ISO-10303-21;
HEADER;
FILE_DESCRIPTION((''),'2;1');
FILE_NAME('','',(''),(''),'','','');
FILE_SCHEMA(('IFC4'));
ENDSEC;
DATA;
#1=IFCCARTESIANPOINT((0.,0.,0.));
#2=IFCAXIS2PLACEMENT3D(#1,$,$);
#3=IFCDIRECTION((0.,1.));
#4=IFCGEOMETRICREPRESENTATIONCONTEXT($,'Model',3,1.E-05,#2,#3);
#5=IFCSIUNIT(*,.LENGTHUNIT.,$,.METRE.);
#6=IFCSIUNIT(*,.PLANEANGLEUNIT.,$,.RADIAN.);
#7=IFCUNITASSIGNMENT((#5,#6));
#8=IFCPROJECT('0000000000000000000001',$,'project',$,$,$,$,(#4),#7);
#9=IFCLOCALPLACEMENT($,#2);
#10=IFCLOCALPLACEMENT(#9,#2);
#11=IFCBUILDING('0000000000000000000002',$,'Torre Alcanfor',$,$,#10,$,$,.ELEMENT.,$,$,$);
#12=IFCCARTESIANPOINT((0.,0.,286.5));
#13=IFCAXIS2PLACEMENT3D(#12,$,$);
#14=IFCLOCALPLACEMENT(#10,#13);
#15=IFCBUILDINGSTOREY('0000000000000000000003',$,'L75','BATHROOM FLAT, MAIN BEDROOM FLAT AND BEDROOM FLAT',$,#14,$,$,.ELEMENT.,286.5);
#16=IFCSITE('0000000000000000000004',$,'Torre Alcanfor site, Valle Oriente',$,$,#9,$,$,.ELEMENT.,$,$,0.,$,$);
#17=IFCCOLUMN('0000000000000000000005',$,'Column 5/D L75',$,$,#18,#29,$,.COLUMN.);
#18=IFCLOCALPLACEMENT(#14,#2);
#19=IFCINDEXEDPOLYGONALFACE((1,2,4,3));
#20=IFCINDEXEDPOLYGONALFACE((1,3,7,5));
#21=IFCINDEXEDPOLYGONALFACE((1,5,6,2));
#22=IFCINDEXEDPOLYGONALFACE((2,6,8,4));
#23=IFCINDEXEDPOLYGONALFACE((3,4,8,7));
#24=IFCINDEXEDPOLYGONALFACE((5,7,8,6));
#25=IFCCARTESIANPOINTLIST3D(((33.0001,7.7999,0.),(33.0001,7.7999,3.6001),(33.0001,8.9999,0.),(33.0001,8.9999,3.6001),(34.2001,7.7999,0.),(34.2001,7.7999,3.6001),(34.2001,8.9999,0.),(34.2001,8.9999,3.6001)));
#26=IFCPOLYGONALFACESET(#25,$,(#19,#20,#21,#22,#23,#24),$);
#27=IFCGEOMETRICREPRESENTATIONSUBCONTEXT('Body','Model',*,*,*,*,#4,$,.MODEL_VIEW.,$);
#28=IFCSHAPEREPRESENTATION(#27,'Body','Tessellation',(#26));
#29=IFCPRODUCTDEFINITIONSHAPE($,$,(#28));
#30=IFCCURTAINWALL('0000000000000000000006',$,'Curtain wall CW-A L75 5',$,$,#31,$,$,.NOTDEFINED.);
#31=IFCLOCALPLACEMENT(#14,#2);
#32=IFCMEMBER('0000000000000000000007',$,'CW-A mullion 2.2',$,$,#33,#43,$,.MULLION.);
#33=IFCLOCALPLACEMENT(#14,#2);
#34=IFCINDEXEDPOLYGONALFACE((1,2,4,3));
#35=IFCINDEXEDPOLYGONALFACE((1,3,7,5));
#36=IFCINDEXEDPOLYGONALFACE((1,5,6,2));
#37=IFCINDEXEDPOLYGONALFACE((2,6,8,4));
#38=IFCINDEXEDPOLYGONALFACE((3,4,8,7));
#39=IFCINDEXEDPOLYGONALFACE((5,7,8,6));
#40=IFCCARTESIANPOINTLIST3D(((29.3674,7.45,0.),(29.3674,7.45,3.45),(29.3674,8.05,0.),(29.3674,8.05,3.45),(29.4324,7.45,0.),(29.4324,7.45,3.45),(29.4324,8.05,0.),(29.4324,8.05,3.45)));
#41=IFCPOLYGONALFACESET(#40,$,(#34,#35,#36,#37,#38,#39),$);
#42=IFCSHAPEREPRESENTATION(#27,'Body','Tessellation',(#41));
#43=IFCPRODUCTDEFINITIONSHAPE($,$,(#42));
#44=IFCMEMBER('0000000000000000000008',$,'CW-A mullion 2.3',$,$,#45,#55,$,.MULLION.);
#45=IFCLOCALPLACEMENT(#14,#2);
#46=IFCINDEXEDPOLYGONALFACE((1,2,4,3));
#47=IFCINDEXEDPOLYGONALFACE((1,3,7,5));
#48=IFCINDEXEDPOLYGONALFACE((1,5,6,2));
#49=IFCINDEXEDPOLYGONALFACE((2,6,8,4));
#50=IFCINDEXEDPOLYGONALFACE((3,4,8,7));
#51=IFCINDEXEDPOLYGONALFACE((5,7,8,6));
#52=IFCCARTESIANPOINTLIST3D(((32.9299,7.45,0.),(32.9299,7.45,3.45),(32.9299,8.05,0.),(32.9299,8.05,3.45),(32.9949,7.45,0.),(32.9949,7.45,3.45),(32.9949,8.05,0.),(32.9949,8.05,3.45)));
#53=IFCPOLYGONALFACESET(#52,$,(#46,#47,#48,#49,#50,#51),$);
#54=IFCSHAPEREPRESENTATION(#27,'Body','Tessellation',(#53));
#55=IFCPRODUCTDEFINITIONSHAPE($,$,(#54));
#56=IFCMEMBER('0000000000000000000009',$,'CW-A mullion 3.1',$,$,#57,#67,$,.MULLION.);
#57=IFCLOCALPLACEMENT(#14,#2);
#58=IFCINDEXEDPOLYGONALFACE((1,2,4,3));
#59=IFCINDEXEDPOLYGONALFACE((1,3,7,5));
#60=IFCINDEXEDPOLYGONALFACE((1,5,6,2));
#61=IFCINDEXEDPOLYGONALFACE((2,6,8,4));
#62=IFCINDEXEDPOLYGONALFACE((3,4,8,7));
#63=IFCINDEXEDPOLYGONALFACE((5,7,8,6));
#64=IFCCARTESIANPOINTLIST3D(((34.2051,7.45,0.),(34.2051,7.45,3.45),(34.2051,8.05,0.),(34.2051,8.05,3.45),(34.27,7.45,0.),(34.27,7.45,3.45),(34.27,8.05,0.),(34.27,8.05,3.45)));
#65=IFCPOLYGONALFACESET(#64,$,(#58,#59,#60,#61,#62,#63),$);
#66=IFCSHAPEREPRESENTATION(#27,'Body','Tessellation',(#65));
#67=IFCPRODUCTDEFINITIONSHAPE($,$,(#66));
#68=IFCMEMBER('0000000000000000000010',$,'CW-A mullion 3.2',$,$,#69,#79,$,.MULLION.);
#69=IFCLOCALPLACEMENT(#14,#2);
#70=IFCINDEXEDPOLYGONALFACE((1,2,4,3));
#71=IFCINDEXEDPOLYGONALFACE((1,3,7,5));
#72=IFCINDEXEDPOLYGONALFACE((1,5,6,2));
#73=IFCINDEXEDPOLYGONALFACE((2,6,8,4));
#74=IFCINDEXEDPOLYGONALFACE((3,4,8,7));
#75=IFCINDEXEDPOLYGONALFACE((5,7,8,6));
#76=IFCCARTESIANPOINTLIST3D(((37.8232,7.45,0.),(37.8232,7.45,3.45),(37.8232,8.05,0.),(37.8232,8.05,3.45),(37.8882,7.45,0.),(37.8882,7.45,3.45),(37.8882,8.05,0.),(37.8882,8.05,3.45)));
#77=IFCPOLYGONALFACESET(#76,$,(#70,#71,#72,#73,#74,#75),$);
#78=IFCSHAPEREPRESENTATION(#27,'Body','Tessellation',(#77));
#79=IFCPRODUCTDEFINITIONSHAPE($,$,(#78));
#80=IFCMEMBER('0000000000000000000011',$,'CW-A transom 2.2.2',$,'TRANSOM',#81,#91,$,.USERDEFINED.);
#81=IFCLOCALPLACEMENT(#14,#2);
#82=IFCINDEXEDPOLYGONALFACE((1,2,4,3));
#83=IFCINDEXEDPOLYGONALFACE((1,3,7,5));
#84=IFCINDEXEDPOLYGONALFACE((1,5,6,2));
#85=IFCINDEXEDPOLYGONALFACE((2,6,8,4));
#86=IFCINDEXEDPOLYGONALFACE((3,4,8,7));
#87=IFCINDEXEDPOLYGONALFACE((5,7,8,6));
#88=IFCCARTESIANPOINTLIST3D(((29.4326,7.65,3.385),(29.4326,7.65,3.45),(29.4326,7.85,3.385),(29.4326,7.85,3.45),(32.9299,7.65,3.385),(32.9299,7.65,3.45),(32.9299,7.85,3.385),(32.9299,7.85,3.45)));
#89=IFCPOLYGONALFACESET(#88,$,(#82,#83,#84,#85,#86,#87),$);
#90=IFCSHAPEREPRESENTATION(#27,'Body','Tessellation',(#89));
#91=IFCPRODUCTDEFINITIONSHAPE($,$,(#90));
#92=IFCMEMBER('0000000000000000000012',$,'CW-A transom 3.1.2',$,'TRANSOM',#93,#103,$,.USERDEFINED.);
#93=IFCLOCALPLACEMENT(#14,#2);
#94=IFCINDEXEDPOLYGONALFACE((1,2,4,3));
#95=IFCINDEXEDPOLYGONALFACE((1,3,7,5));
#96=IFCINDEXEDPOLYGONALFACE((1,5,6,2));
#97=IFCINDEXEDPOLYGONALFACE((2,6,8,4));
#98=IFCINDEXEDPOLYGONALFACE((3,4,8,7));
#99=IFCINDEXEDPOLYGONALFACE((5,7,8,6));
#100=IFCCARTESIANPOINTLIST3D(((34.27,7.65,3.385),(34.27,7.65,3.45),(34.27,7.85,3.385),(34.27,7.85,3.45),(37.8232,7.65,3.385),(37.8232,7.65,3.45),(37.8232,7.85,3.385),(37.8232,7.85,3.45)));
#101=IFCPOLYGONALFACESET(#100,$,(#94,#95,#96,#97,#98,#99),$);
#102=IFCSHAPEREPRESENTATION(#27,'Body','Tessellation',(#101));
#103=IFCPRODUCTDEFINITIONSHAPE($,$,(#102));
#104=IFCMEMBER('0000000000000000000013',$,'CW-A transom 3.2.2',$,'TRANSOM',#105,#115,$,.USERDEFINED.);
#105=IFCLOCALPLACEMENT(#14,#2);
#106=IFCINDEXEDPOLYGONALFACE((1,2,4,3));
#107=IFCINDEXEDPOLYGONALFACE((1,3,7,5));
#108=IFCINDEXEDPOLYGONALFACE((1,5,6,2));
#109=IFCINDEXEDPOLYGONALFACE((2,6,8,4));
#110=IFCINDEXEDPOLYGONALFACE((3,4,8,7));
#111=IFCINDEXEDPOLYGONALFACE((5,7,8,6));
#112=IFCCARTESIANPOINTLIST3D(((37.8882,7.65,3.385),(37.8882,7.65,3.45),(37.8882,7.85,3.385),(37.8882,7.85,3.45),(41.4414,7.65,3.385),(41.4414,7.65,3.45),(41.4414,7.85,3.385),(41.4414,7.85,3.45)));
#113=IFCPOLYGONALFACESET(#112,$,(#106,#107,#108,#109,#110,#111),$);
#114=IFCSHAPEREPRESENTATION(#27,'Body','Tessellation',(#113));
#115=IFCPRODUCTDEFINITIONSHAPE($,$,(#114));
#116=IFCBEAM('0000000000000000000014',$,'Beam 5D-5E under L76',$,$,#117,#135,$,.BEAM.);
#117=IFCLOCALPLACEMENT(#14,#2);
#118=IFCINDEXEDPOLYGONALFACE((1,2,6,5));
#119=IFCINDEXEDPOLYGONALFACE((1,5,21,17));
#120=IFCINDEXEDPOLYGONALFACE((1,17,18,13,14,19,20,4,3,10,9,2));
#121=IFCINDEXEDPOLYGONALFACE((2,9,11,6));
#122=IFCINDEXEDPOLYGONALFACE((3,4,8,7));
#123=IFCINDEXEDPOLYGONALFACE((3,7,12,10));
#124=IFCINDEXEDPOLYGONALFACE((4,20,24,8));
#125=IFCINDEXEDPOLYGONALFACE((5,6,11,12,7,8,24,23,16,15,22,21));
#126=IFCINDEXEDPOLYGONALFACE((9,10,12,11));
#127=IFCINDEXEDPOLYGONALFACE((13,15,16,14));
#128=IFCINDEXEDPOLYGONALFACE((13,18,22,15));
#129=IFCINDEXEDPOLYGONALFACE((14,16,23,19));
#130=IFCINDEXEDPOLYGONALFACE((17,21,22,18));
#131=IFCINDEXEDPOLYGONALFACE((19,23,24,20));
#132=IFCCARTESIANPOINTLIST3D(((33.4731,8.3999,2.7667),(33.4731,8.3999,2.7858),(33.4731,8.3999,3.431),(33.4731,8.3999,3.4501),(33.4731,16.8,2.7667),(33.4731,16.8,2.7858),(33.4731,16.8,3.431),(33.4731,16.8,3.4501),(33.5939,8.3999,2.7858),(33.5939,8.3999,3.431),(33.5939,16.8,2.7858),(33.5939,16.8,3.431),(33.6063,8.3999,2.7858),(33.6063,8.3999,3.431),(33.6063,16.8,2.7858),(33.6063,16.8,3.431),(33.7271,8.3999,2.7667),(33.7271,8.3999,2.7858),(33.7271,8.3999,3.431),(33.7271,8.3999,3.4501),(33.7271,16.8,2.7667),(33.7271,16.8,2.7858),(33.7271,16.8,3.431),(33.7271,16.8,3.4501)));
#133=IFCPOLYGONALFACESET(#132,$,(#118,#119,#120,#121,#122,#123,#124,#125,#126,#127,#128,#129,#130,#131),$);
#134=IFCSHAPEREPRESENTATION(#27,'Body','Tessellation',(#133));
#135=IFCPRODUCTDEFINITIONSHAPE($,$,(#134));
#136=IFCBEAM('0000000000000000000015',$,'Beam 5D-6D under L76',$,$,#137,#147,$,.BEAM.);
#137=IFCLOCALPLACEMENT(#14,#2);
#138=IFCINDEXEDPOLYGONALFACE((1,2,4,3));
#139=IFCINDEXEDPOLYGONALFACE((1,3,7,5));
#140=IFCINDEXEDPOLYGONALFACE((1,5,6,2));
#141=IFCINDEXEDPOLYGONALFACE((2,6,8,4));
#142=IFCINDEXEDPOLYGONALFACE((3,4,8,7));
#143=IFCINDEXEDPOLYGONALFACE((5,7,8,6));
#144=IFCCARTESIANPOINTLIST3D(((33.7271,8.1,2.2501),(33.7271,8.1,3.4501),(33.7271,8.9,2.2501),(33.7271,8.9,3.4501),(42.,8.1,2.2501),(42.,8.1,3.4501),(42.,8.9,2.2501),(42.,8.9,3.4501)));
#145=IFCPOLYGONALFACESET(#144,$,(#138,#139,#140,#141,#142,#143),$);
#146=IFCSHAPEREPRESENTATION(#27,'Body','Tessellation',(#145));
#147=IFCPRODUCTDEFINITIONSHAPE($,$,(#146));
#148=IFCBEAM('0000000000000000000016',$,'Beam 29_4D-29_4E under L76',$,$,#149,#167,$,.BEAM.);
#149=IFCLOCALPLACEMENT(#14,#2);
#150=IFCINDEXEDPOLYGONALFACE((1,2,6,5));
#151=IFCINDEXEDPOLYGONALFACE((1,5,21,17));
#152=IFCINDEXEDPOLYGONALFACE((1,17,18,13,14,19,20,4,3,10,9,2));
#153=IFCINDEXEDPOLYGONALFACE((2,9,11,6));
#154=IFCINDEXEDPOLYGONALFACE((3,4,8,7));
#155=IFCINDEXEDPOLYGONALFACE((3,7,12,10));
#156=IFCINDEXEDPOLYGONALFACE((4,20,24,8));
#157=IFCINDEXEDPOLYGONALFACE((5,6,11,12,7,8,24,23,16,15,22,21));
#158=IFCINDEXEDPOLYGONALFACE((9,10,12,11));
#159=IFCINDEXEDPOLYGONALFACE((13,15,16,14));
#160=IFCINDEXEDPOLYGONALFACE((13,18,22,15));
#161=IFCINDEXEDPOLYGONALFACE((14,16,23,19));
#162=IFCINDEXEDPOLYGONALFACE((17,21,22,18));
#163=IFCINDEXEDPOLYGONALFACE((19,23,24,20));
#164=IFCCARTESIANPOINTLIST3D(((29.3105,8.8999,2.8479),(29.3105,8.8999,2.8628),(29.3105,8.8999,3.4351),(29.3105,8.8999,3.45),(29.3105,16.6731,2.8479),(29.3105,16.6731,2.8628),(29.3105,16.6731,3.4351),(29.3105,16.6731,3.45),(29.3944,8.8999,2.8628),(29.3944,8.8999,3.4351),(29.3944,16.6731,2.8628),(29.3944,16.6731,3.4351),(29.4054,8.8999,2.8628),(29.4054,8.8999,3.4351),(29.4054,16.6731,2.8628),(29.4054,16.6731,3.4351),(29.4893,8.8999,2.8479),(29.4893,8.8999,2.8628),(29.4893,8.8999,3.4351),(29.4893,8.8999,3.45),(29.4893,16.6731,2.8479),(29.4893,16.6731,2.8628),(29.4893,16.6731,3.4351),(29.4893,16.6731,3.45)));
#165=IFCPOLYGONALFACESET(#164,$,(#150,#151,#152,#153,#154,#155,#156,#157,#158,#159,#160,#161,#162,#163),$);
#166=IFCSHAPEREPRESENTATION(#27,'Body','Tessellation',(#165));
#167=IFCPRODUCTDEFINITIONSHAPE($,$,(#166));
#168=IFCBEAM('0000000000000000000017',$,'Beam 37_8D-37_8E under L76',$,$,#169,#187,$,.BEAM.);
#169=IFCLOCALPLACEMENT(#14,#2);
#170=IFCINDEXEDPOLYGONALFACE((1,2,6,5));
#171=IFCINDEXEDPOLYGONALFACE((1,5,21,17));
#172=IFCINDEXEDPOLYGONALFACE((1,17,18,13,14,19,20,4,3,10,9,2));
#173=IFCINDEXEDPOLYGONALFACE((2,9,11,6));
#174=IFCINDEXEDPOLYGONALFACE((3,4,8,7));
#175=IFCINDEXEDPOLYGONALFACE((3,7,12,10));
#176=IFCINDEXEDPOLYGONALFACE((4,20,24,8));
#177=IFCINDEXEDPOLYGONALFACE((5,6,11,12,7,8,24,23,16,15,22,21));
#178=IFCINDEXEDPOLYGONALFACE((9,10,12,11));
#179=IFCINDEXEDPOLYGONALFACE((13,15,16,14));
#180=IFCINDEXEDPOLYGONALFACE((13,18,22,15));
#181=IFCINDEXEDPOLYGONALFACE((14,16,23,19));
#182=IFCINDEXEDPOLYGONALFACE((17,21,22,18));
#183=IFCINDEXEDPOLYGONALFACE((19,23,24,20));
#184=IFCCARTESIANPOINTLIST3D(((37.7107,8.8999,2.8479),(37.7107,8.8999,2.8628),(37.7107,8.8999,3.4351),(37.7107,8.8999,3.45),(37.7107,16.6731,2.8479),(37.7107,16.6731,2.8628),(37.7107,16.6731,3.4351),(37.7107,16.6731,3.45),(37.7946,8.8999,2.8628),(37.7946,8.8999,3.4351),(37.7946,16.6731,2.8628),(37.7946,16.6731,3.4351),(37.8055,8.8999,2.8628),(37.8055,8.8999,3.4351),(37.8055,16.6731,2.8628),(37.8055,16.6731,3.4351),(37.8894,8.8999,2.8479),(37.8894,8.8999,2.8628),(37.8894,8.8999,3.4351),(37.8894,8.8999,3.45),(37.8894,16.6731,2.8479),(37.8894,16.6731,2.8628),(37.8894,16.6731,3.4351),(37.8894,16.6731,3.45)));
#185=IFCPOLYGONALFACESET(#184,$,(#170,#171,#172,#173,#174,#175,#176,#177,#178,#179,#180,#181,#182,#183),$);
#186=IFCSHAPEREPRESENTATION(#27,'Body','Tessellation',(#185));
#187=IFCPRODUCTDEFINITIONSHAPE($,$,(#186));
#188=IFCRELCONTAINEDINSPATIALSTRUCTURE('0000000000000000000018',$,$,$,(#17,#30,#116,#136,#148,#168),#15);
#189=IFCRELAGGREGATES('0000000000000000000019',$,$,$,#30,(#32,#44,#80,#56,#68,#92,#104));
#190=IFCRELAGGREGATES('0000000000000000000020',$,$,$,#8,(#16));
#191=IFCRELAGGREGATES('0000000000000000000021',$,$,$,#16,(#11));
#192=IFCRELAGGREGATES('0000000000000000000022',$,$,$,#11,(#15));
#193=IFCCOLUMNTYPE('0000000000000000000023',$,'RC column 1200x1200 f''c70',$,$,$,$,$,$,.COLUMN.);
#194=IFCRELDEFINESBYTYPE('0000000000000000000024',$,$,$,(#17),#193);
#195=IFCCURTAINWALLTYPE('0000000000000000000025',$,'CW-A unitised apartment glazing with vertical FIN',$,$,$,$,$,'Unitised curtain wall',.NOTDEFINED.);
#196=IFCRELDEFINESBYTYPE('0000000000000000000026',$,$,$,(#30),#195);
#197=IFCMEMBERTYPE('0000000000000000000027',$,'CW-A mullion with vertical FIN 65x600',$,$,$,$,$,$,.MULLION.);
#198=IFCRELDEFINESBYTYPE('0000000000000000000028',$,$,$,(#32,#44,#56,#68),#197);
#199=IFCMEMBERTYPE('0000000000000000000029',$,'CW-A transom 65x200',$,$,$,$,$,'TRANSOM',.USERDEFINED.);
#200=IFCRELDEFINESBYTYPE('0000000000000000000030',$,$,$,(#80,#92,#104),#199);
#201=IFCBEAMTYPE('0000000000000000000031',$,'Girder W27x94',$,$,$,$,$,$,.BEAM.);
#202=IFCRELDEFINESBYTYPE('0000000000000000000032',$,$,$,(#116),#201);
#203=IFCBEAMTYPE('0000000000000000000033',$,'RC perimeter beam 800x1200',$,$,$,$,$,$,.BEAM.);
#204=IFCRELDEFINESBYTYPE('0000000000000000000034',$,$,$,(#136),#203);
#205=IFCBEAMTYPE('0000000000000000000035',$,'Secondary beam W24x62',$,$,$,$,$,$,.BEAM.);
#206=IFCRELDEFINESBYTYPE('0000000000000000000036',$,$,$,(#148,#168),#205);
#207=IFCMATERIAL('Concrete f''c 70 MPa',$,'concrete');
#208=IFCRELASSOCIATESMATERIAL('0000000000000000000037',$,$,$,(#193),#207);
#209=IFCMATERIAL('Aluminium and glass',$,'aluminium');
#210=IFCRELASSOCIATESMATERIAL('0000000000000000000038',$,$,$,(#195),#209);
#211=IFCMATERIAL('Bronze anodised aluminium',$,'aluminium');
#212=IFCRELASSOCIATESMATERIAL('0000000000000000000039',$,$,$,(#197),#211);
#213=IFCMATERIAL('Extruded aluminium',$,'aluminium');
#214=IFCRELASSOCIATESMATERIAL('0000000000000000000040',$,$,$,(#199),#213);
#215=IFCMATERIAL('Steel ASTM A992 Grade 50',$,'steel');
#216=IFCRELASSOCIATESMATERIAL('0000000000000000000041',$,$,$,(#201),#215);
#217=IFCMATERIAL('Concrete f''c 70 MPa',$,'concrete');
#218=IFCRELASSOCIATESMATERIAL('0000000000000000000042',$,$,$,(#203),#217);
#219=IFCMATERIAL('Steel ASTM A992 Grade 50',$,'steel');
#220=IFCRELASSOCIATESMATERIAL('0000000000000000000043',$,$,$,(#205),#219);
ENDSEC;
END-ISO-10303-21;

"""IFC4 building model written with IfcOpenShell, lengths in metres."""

from ifc_helpers import new_model, si_unit, direction, frame, origin, origin_2d, place, context, subcontext, project, spatial, rectangle, i_section, extrude, material, material_profile, profile_set, type_object, element, aggregate, save


model = new_model("IFC4")

# Units and contexts
model_context = context("Model", 3, precision=1e-05, world=origin(), true_north=direction((0.0, 1.0)))
body_context = subcontext(model_context, "Body", "Model", "MODEL_VIEW")
ifc_project = project(units=[si_unit("LENGTHUNIT", "METRE"), si_unit("PLANEANGLEUNIT", "RADIAN")], contexts=[model_context])

# Site, building, storey
site_placement = place(None, origin())
site = spatial("IfcSite", under=ifc_project, at=site_placement, Name="Torre Alcanfor site, Valle Oriente", CompositionType="ELEMENT", RefElevation=0.0)
building_placement = place(site_placement, origin())
building = spatial("IfcBuilding", under=site, at=building_placement, Name="Torre Alcanfor", CompositionType="ELEMENT")
storey_placement = place(building_placement, frame((0.0, 0.0, 286.5)))
storey = spatial("IfcBuildingStorey", under=building, at=storey_placement, Name="L75", Description="BATHROOM FLAT, MAIN BEDROOM FLAT AND BEDROOM FLAT", CompositionType="ELEMENT", Elevation=286.5)

# Column
ifc_material_1 = material(Name="Concrete f'c 70 MPa", Category="concrete")
ifc_material_profile_1 = material_profile(ifc_material_1, rectangle(XDim=1.2, YDim=1.2, at=origin_2d()), Name="1200x1200")
ifc_profile_set_1 = profile_set([ifc_material_profile_1], Name="Concrete f'c 70 MPa")
column_type = type_object("IfcColumnType", Name="RC column 1200x1200 f'c70", PredefinedType="COLUMN", material=ifc_profile_set_1)
column_placement = place(storey_placement, frame((33.6001, 8.3999, 0.0), z_axis=(0.0, 0.0, 1.0), x_axis=(1.0, 0.0, 0.0)))
element("IfcColumn", 1, at=column_placement, inside=storey, type_object=column_type, Name="Column 5/D L75", PredefinedType="COLUMN", context=body_context, shape_type="SweptSolid", body=[
    extrude(rectangle(XDim=1.2, YDim=1.2, at=origin_2d()), origin(), (0.0, 0.0, 1.0), 3.6001),
])

# Curtain wall, members
ifc_material_2 = material(Name="Aluminium and glass", Category="aluminium")
curtain_wall_type = type_object("IfcCurtainWallType", Name="CW-A unitised apartment glazing with vertical FIN", ElementType="Unitised curtain wall", PredefinedType="NOTDEFINED", material=ifc_material_2)
curtain_wall_placement = place(storey_placement, origin())
curtain_wall = element("IfcCurtainWall", 2, at=curtain_wall_placement, inside=storey, type_object=curtain_wall_type, Name="Curtain wall CW-A L75 5", PredefinedType="NOTDEFINED")
ifc_material_3 = material(Name="Bronze anodised aluminium", Category="aluminium")
ifc_material_profile_2 = material_profile(ifc_material_3, rectangle(XDim=0.6001, YDim=0.0649, at=origin_2d()), Name="CW-A mullion 65x600")
ifc_profile_set_2 = profile_set([ifc_material_profile_2], Name="Bronze anodised aluminium")
member_type_1 = type_object("IfcMemberType", Name="CW-A mullion with vertical FIN 65x600", PredefinedType="MULLION", material=ifc_profile_set_2)
member_1_placement = place(storey_placement, frame((29.3999, 7.75, 0.0), z_axis=(0.0, 0.0, 1.0), x_axis=(0.0, 1.0, 0.0)))
member_1 = element("IfcMember", 3, at=member_1_placement, type_object=member_type_1, Name="CW-A mullion 2.2", PredefinedType="MULLION", context=body_context, shape_type="SweptSolid", body=[
    extrude(rectangle(XDim=0.6001, YDim=0.0649, at=origin_2d()), origin(), (0.0, 0.0, 1.0), 3.45),
])
member_2_placement = place(storey_placement, frame((32.9624, 7.75, 0.0), z_axis=(0.0, 0.0, 1.0), x_axis=(0.0, 1.0, 0.0)))
member_2 = element("IfcMember", 4, at=member_2_placement, type_object=member_type_1, Name="CW-A mullion 2.3", PredefinedType="MULLION", context=body_context, shape_type="SweptSolid", body=[
    extrude(rectangle(XDim=0.6001, YDim=0.0649, at=origin_2d()), origin(), (0.0, 0.0, 1.0), 3.45),
])
member_3_placement = place(storey_placement, frame((34.2375, 7.75, 0.0), z_axis=(0.0, 0.0, 1.0), x_axis=(0.0, 1.0, 0.0)))
member_3 = element("IfcMember", 5, at=member_3_placement, type_object=member_type_1, Name="CW-A mullion 3.1", PredefinedType="MULLION", context=body_context, shape_type="SweptSolid", body=[
    extrude(rectangle(XDim=0.6001, YDim=0.0649, at=origin_2d()), origin(), (0.0, 0.0, 1.0), 3.45),
])
member_4_placement = place(storey_placement, frame((37.8557, 7.75, 0.0), z_axis=(0.0, 0.0, 1.0), x_axis=(0.0, 1.0, 0.0)))
member_4 = element("IfcMember", 6, at=member_4_placement, type_object=member_type_1, Name="CW-A mullion 3.2", PredefinedType="MULLION", context=body_context, shape_type="SweptSolid", body=[
    extrude(rectangle(XDim=0.6001, YDim=0.0649, at=origin_2d()), origin(), (0.0, 0.0, 1.0), 3.45),
])
ifc_material_4 = material(Name="Extruded aluminium", Category="aluminium")
ifc_material_profile_3 = material_profile(ifc_material_4, rectangle(XDim=0.2, YDim=0.0649, at=origin_2d()), Name="CW-A transom 200x65")
ifc_profile_set_3 = profile_set([ifc_material_profile_3], Name="Extruded aluminium")
member_type_2 = type_object("IfcMemberType", Name="CW-A transom 65x200", ElementType="TRANSOM", PredefinedType="USERDEFINED", material=ifc_profile_set_3)
member_5_placement = place(storey_placement, frame((29.4326, 7.75, 3.4175), z_axis=(1.0, 0.0, 0.0), x_axis=(0.0, 1.0, 0.0)))
member_5 = element("IfcMember", 7, at=member_5_placement, type_object=member_type_2, Name="CW-A transom 2.2.2", ObjectType="TRANSOM", PredefinedType="USERDEFINED", context=body_context, shape_type="SweptSolid", body=[
    extrude(rectangle(XDim=0.2, YDim=0.0649, at=origin_2d()), origin(), (0.0, 0.0, 1.0), 3.4973),
])
member_6_placement = place(storey_placement, frame((34.27, 7.75, 3.4175), z_axis=(1.0, 0.0, 0.0), x_axis=(0.0, 1.0, 0.0)))
member_6 = element("IfcMember", 8, at=member_6_placement, type_object=member_type_2, Name="CW-A transom 3.1.2", ObjectType="TRANSOM", PredefinedType="USERDEFINED", context=body_context, shape_type="SweptSolid", body=[
    extrude(rectangle(XDim=0.2, YDim=0.0649, at=origin_2d()), origin(), (0.0, 0.0, 1.0), 3.5532),
])
member_7_placement = place(storey_placement, frame((37.8882, 7.75, 3.4175), z_axis=(1.0, 0.0, 0.0), x_axis=(0.0, 1.0, 0.0)))
member_7 = element("IfcMember", 9, at=member_7_placement, type_object=member_type_2, Name="CW-A transom 3.2.2", ObjectType="TRANSOM", PredefinedType="USERDEFINED", context=body_context, shape_type="SweptSolid", body=[
    extrude(rectangle(XDim=0.2, YDim=0.0649, at=origin_2d()), origin(), (0.0, 0.0, 1.0), 3.5532),
])

# Beams
ifc_material_5 = material(Name="Steel ASTM A992 Grade 50", Category="steel")
ifc_material_profile_4 = material_profile(ifc_material_5, i_section(OverallWidth=0.2539, OverallDepth=0.6833, WebThickness=0.0125, FlangeThickness=0.019, at=origin_2d()), Name="W27x94")
ifc_profile_set_4 = profile_set([ifc_material_profile_4], Name="Steel ASTM A992 Grade 50")
beam_type_1 = type_object("IfcBeamType", Name="Girder W27x94", PredefinedType="BEAM", material=ifc_profile_set_4)
beam_1_placement = place(storey_placement, frame((33.6001, 8.3999, 3.1084), z_axis=(0.0, 1.0, 0.0), x_axis=(-1.0, 0.0, 0.0)))
element("IfcBeam", 10, at=beam_1_placement, inside=storey, type_object=beam_type_1, Name="Beam 5D-5E under L76", PredefinedType="BEAM", context=body_context, shape_type="SweptSolid", body=[
    extrude(i_section(OverallWidth=0.2539, OverallDepth=0.6833, WebThickness=0.0125, FlangeThickness=0.019, at=origin_2d()), origin(), (0.0, 0.0, 1.0), 8.4001),
])
ifc_material_6 = material(Name="Concrete f'c 70 MPa", Category="concrete")
ifc_material_profile_5 = material_profile(ifc_material_6, rectangle(XDim=0.8, YDim=1.2, at=origin_2d()), Name="800x1200")
ifc_profile_set_5 = profile_set([ifc_material_profile_5], Name="Concrete f'c 70 MPa")
beam_type_2 = type_object("IfcBeamType", Name="RC perimeter beam 800x1200", PredefinedType="BEAM", material=ifc_profile_set_5)
beam_2_placement = place(storey_placement, frame((33.7271, 8.5, 2.8501), z_axis=(1.0, 0.0, 0.0), x_axis=(0.0, 1.0, 0.0)))
element("IfcBeam", 11, at=beam_2_placement, inside=storey, type_object=beam_type_2, Name="Beam 5D-6D under L76", PredefinedType="BEAM", context=body_context, shape_type="SweptSolid", body=[
    extrude(rectangle(XDim=0.8, YDim=1.2, at=origin_2d()), origin(), (0.0, 0.0, 1.0), 8.2729),
])
ifc_material_7 = material(Name="Steel ASTM A992 Grade 50", Category="steel")
ifc_material_profile_6 = material_profile(ifc_material_7, i_section(OverallWidth=0.1787, OverallDepth=0.6021, WebThickness=0.011, FlangeThickness=0.0149, at=origin_2d()), Name="W24x62")
ifc_profile_set_6 = profile_set([ifc_material_profile_6], Name="Steel ASTM A992 Grade 50")
beam_type_3 = type_object("IfcBeamType", Name="Secondary beam W24x62", PredefinedType="BEAM", material=ifc_profile_set_6)
for number, where, z_axis, x_axis, name in (
    (12, (29.3999, 8.8999, 3.1489), (0.0, 1.0, 0.0), (-1.0, 0.0, 0.0), "Beam 29_4D-29_4E under L76"),
    (13, (37.8, 8.8999, 3.1489), (0.0, 1.0, 0.0), (-1.0, 0.0, 0.0), "Beam 37_8D-37_8E under L76"),
):
    element("IfcBeam", number, at=place(storey_placement, frame(where, z_axis=z_axis, x_axis=x_axis)), inside=storey, type_object=beam_type_3, Name=name, PredefinedType="BEAM", context=body_context, shape_type="SweptSolid", body=[
        extrude(i_section(OverallWidth=0.1787, OverallDepth=0.6021, WebThickness=0.011, FlangeThickness=0.0149, at=origin_2d()), origin(), (0.0, 0.0, 1.0), 7.7732),
    ])

aggregate(curtain_wall, [member_1, member_2, member_5, member_3, member_4, member_6, member_7])

save(model, "model.ifc")
